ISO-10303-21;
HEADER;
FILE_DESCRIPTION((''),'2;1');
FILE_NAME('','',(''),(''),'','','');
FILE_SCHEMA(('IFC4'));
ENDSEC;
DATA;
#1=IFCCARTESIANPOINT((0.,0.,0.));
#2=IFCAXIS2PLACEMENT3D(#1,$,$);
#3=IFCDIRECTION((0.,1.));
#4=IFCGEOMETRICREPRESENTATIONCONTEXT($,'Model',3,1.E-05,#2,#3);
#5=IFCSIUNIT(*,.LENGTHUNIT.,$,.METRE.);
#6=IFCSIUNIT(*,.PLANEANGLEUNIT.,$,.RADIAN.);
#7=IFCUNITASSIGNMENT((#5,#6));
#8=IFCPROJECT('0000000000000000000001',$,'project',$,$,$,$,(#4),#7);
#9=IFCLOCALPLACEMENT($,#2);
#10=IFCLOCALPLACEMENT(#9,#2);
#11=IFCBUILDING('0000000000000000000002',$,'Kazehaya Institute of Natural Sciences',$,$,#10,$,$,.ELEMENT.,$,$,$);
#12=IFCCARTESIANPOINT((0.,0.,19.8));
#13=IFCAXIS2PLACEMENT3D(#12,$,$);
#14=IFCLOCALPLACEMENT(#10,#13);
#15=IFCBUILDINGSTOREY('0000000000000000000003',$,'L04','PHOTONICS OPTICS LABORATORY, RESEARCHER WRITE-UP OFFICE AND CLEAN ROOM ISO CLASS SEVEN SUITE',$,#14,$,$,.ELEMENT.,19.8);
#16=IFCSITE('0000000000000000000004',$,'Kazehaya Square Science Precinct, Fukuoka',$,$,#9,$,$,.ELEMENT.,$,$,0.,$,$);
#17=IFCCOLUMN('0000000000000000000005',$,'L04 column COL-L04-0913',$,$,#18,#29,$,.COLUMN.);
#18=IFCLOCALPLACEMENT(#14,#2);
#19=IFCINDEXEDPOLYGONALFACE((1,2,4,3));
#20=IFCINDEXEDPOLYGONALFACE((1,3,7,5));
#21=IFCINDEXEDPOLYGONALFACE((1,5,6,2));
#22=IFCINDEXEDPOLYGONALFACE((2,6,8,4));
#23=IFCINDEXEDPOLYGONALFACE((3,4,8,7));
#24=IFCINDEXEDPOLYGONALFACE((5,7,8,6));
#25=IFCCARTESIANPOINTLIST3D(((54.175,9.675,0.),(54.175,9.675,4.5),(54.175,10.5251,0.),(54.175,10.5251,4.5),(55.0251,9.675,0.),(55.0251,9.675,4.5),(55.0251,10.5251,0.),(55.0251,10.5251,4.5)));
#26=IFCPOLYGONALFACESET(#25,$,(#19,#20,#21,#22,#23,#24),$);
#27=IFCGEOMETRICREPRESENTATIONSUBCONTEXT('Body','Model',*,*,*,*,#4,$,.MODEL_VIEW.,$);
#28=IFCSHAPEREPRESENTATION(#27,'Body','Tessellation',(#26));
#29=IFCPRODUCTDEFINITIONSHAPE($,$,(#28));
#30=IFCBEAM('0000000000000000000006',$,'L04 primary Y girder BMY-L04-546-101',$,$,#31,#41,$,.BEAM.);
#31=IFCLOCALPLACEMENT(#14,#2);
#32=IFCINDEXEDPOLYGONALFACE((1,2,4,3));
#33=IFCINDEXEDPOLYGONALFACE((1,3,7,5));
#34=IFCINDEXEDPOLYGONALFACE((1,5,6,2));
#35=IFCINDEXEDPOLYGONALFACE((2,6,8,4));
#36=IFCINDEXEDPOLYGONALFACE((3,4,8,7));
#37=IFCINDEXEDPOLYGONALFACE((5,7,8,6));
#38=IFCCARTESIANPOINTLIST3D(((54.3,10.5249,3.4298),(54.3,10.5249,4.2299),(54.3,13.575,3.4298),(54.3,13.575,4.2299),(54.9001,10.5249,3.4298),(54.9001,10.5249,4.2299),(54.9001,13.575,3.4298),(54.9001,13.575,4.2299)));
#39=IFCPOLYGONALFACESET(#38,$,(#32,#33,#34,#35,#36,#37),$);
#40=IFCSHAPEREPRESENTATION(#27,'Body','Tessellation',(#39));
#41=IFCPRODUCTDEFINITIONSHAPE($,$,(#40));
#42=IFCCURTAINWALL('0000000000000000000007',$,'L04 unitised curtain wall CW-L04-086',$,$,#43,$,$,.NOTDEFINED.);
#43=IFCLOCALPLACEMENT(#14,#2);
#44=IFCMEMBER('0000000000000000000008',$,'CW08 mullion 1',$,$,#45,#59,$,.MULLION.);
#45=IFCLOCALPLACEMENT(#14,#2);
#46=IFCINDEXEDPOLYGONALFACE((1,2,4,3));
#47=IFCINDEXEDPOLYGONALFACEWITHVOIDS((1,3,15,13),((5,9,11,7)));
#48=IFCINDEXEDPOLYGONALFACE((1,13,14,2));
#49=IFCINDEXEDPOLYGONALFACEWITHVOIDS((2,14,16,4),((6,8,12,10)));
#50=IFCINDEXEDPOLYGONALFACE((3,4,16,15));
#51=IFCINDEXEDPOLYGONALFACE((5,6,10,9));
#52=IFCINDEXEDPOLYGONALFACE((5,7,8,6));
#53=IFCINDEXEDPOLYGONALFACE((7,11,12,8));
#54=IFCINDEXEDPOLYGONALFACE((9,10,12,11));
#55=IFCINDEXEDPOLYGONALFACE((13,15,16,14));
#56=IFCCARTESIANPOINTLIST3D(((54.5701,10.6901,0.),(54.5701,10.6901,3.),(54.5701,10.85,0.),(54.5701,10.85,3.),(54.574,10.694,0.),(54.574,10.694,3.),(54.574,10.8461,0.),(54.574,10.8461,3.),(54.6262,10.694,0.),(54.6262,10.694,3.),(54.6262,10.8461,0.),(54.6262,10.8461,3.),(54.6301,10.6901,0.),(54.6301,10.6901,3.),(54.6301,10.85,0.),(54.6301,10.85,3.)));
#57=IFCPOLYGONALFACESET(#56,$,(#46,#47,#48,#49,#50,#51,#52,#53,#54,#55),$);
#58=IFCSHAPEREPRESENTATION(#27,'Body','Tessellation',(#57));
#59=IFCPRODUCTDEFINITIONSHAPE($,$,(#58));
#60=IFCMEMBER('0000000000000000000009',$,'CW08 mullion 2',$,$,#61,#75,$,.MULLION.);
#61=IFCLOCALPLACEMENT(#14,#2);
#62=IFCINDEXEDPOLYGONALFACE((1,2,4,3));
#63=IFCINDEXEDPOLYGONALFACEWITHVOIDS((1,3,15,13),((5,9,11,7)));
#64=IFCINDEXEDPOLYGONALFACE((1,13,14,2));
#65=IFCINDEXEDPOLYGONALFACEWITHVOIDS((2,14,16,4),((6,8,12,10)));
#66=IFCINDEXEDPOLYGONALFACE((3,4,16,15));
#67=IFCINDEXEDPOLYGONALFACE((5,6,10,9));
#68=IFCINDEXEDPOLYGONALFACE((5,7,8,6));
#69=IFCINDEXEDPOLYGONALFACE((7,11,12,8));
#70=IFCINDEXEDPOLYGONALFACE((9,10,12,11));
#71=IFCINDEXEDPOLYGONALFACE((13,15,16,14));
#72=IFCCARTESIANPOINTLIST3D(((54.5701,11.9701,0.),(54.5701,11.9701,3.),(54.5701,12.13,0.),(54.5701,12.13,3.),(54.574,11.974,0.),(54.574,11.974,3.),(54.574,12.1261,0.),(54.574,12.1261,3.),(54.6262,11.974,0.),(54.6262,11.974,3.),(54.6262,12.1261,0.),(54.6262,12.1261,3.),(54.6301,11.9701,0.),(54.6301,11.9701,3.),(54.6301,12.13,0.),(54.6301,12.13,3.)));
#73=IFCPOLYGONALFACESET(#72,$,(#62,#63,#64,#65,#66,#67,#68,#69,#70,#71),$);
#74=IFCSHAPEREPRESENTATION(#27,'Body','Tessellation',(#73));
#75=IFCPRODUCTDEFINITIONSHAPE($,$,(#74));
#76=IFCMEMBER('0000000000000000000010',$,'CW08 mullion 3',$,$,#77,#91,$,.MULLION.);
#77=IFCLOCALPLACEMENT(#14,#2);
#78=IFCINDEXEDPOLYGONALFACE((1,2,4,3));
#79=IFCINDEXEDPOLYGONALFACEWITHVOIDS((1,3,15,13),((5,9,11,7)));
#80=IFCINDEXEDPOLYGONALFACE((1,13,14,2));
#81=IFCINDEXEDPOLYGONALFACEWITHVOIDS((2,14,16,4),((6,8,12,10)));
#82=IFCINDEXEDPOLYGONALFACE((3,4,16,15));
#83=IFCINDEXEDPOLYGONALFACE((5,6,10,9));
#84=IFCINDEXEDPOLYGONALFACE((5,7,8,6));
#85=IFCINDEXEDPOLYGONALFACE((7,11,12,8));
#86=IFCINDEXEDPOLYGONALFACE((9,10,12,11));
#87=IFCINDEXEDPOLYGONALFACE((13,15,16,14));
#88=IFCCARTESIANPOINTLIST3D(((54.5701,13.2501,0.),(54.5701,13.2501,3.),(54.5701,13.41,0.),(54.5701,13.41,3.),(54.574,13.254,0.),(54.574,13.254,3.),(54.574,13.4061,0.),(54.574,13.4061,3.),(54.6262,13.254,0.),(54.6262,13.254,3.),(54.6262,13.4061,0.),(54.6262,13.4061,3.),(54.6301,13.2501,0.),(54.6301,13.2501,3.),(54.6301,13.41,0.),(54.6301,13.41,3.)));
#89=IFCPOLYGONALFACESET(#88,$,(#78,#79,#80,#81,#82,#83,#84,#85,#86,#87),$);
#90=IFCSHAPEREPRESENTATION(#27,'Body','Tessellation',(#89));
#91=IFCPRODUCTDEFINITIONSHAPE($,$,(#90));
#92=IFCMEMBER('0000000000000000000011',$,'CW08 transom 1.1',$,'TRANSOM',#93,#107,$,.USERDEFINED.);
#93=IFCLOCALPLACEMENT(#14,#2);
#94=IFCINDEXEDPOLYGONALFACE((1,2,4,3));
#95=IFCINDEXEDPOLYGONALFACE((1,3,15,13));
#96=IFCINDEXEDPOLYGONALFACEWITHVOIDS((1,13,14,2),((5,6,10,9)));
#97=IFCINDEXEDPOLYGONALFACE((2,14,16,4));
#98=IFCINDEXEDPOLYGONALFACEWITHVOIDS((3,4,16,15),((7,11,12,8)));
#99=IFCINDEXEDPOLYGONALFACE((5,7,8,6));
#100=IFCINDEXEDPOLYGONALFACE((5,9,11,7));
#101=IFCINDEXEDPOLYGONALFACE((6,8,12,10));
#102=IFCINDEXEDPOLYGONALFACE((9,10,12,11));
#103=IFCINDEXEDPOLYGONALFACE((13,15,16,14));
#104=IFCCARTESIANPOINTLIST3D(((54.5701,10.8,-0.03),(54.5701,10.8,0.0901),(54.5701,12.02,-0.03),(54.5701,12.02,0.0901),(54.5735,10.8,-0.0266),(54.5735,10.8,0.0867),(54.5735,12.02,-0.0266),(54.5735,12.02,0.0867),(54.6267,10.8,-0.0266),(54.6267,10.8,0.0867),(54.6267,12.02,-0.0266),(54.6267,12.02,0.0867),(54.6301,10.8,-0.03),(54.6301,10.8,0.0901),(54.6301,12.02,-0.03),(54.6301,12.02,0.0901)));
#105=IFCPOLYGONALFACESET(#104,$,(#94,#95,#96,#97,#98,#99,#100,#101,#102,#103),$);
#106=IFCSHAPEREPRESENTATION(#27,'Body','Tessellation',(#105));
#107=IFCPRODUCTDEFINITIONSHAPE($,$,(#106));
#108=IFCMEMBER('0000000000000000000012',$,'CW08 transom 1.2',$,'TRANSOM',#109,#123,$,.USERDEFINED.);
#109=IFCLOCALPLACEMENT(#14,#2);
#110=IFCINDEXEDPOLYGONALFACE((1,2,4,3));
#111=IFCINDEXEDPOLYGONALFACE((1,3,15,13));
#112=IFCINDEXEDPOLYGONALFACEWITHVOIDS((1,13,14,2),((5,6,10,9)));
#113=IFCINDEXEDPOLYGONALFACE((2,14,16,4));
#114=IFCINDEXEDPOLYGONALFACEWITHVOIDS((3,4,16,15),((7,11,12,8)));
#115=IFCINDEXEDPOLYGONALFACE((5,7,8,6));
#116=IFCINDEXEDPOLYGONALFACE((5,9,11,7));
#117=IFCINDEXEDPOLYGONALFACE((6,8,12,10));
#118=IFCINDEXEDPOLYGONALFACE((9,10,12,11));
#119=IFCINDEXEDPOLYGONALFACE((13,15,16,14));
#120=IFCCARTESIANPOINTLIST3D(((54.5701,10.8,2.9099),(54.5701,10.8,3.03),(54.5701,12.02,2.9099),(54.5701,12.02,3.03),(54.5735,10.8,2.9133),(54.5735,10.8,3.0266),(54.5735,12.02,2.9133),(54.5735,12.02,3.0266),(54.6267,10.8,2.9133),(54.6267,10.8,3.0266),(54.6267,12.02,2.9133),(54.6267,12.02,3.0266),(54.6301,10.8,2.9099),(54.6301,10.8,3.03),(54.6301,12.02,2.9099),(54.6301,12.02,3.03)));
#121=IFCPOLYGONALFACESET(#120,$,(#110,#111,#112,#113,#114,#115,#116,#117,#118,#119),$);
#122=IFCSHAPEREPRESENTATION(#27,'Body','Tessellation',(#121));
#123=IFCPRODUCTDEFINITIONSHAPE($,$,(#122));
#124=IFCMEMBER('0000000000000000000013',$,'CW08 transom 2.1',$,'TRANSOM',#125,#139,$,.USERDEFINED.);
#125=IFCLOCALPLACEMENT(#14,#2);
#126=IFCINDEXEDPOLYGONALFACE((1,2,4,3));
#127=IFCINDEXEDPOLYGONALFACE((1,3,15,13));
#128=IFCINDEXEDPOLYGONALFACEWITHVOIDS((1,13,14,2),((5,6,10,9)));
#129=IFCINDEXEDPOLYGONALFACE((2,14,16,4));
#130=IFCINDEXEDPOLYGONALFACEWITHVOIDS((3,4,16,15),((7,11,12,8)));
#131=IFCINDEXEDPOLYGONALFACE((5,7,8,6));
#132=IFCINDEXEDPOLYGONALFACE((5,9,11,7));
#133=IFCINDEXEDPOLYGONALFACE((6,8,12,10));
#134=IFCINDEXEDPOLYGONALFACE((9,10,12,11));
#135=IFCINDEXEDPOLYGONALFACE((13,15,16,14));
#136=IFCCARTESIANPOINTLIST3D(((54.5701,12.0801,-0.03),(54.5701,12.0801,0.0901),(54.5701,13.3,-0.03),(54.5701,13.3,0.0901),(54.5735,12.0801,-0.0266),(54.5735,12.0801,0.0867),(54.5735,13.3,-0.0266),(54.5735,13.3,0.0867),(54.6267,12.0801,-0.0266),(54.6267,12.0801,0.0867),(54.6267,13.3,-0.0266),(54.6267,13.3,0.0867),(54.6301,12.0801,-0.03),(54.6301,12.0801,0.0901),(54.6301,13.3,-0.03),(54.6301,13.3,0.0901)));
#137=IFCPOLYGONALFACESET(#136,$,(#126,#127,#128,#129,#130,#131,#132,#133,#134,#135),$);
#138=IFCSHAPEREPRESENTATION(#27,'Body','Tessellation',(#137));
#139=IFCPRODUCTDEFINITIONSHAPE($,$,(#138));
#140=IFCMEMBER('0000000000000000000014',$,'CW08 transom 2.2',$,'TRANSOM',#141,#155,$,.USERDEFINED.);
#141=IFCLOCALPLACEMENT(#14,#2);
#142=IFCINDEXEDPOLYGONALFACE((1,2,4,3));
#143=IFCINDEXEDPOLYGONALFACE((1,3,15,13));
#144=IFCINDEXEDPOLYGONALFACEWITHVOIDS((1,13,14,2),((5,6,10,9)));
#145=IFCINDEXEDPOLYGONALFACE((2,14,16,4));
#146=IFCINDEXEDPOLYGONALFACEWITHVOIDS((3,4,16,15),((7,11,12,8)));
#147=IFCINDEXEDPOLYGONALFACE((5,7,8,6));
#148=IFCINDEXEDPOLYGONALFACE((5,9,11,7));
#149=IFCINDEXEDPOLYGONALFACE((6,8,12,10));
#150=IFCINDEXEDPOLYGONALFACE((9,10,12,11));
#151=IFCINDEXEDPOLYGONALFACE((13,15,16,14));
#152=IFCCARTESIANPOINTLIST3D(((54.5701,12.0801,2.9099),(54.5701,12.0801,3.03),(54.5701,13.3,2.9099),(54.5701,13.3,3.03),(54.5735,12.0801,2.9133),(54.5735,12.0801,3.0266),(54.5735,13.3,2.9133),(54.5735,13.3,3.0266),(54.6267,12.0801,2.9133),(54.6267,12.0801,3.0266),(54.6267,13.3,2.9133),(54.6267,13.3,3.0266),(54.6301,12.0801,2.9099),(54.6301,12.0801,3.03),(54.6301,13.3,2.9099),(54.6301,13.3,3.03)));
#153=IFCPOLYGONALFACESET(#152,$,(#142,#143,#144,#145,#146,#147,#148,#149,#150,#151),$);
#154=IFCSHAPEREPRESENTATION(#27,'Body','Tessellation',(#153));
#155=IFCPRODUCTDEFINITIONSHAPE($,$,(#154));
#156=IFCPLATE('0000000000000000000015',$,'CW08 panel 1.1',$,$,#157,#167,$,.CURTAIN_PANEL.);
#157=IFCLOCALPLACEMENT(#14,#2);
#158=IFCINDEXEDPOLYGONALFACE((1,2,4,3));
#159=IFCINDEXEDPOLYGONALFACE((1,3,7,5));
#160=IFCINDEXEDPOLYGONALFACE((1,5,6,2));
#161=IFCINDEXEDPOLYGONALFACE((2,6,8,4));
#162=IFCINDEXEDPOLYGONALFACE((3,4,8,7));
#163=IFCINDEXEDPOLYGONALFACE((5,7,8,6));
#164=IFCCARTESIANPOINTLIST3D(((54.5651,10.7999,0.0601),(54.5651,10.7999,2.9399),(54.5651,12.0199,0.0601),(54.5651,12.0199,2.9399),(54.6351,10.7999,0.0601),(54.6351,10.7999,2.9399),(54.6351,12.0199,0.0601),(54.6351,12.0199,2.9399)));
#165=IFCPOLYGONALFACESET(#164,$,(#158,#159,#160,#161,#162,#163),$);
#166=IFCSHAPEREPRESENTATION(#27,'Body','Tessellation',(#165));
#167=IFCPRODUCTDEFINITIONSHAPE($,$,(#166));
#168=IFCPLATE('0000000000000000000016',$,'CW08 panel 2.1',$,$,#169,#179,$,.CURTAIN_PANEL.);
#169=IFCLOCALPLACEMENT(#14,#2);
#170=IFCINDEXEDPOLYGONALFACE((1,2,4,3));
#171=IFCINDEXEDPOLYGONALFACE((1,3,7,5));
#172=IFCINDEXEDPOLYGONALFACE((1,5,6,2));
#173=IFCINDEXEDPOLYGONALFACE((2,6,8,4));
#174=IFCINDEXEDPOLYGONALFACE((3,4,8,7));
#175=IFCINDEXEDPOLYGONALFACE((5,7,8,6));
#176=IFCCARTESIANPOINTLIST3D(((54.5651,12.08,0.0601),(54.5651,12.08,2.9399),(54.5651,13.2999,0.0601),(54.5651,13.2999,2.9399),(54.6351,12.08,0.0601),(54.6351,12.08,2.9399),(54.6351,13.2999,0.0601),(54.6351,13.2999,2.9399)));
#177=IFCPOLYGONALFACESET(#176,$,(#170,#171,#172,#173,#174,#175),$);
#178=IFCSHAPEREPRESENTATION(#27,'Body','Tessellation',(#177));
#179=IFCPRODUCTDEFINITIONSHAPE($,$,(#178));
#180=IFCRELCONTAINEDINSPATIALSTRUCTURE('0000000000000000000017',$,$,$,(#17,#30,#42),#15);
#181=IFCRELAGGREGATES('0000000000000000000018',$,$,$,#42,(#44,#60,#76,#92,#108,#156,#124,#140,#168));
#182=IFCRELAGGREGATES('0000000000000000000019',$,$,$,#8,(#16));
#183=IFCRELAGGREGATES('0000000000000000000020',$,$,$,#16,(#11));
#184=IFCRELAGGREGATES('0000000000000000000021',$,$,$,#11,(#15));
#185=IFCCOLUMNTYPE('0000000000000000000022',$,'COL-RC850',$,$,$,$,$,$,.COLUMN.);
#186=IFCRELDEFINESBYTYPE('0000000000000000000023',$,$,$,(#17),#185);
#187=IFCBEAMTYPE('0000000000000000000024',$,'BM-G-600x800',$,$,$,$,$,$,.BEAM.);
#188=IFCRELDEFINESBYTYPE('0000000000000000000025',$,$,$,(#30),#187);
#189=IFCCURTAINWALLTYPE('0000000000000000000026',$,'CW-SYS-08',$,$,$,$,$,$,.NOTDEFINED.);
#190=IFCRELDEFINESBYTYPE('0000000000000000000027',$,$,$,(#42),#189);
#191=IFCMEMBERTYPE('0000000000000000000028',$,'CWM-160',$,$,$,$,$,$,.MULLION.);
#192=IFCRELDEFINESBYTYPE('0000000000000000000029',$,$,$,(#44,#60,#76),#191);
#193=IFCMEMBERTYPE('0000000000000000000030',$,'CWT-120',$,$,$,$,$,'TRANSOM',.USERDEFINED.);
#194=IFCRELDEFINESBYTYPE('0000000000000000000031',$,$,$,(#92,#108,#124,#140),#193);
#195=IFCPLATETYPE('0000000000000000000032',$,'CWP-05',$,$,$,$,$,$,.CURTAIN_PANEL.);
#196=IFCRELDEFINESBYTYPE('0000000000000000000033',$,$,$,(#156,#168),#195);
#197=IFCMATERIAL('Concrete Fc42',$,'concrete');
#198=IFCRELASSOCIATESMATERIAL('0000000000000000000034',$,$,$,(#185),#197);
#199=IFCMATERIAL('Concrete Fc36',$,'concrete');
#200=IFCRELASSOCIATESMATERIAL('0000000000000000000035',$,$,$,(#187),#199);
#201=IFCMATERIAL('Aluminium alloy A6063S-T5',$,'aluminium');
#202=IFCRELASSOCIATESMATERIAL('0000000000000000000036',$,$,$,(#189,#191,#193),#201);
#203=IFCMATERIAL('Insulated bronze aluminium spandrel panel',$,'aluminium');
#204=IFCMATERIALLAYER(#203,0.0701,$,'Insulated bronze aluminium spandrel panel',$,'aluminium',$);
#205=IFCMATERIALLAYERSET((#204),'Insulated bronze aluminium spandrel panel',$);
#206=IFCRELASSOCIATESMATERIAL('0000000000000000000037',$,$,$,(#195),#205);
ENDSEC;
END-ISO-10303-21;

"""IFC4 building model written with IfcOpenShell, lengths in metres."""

from ifc_helpers import new_model, si_unit, direction, frame, origin, origin_2d, place, context, subcontext, project, spatial, rectangle, hollow_rectangle, extrude, material, layer, layer_set, material_profile, profile_set, type_object, element, aggregate, save


model = new_model("IFC4")

# Units and contexts
model_context = context("Model", 3, precision=1e-05, world=origin(), true_north=direction((0.0, 1.0)))
body_context = subcontext(model_context, "Body", "Model", "MODEL_VIEW")
ifc_project = project(units=[si_unit("LENGTHUNIT", "METRE"), si_unit("PLANEANGLEUNIT", "RADIAN")], contexts=[model_context])

# Site, building, storey
site_placement = place(None, origin())
site = spatial("IfcSite", under=ifc_project, at=site_placement, Name="Kazehaya Square Science Precinct, Fukuoka", CompositionType="ELEMENT", RefElevation=0.0)
building_placement = place(site_placement, origin())
building = spatial("IfcBuilding", under=site, at=building_placement, Name="Kazehaya Institute of Natural Sciences", CompositionType="ELEMENT")
storey_placement = place(building_placement, frame((0.0, 0.0, 19.8)))
storey = spatial("IfcBuildingStorey", under=building, at=storey_placement, Name="L04", Description="PHOTONICS OPTICS LABORATORY, RESEARCHER WRITE-UP OFFICE AND CLEAN ROOM ISO CLASS SEVEN SUITE", CompositionType="ELEMENT", Elevation=19.8)

# Column
ifc_material_1 = material(Name="Concrete Fc42", Category="concrete")
ifc_material_profile_1 = material_profile(ifc_material_1, rectangle(XDim=0.8501, YDim=0.8501, at=origin_2d()), Name="RC-850x850")
ifc_profile_set_1 = profile_set([ifc_material_profile_1], Name="Concrete Fc42")
column_type = type_object("IfcColumnType", Name="COL-RC850", PredefinedType="COLUMN", material=ifc_profile_set_1)
column_placement = place(storey_placement, frame((54.6001, 10.1001, 0.0), z_axis=(0.0, 0.0, 1.0), x_axis=(1.0, 0.0, 0.0)))
element("IfcColumn", 1, at=column_placement, inside=storey, type_object=column_type, Name="L04 column COL-L04-0913", PredefinedType="COLUMN", context=body_context, shape_type="SweptSolid", body=[
    extrude(rectangle(XDim=0.8501, YDim=0.8501, at=origin_2d()), origin(), (0.0, 0.0, 1.0), 4.5),
])

# Beam
ifc_material_2 = material(Name="Concrete Fc36", Category="concrete")
ifc_material_profile_2 = material_profile(ifc_material_2, rectangle(XDim=0.6001, YDim=0.8, at=origin_2d()), Name="RC-600x800")
ifc_profile_set_2 = profile_set([ifc_material_profile_2], Name="Concrete Fc36")
beam_type = type_object("IfcBeamType", Name="BM-G-600x800", PredefinedType="BEAM", material=ifc_profile_set_2)
beam_placement = place(storey_placement, frame((54.6001, 10.5249, 3.8298), z_axis=(0.0, 1.0, 0.0), x_axis=(-1.0, 0.0, 0.0)))
element("IfcBeam", 2, at=beam_placement, inside=storey, type_object=beam_type, Name="L04 primary Y girder BMY-L04-546-101", PredefinedType="BEAM", context=body_context, shape_type="SweptSolid", body=[
    extrude(rectangle(XDim=0.6001, YDim=0.8, at=origin_2d()), origin(), (0.0, 0.0, 1.0), 3.05),
])

# Curtain wall, members, plates
ifc_material_3 = material(Name="Aluminium alloy A6063S-T5", Category="aluminium")
curtain_wall_type = type_object("IfcCurtainWallType", Name="CW-SYS-08", PredefinedType="NOTDEFINED", material=ifc_material_3)
curtain_wall_placement = place(storey_placement, origin())
curtain_wall = element("IfcCurtainWall", 3, at=curtain_wall_placement, inside=storey, type_object=curtain_wall_type, Name="L04 unitised curtain wall CW-L04-086", PredefinedType="NOTDEFINED")
ifc_material_profile_3 = material_profile(ifc_material_3, hollow_rectangle(XDim=0.0601, YDim=0.1599, WallThickness=0.0039, at=origin_2d()), Name="ALU-60x160x4")
ifc_profile_set_3 = profile_set([ifc_material_profile_3], Name="Aluminium alloy A6063S-T5")
member_type_1 = type_object("IfcMemberType", Name="CWM-160", PredefinedType="MULLION", material=ifc_profile_set_3)
member_1_placement = place(storey_placement, frame((54.6001, 10.77, 0.0), z_axis=(0.0, 0.0, 1.0), x_axis=(-1.0, 0.0, 0.0)))
member_1 = element("IfcMember", 4, at=member_1_placement, type_object=member_type_1, Name="CW08 mullion 1", PredefinedType="MULLION", context=body_context, shape_type="SweptSolid", body=[
    extrude(hollow_rectangle(XDim=0.0601, YDim=0.1599, WallThickness=0.0039, at=origin_2d()), origin(), (0.0, 0.0, 1.0), 3.0),
])
member_2_placement = place(storey_placement, frame((54.6001, 12.05, 0.0), z_axis=(0.0, 0.0, 1.0), x_axis=(-1.0, 0.0, 0.0)))
member_2 = element("IfcMember", 5, at=member_2_placement, type_object=member_type_1, Name="CW08 mullion 2", PredefinedType="MULLION", context=body_context, shape_type="SweptSolid", body=[
    extrude(hollow_rectangle(XDim=0.0601, YDim=0.1599, WallThickness=0.0039, at=origin_2d()), origin(), (0.0, 0.0, 1.0), 3.0),
])
member_3_placement = place(storey_placement, frame((54.6001, 13.3301, 0.0), z_axis=(0.0, 0.0, 1.0), x_axis=(-1.0, 0.0, 0.0)))
member_3 = element("IfcMember", 6, at=member_3_placement, type_object=member_type_1, Name="CW08 mullion 3", PredefinedType="MULLION", context=body_context, shape_type="SweptSolid", body=[
    extrude(hollow_rectangle(XDim=0.0601, YDim=0.1599, WallThickness=0.0039, at=origin_2d()), origin(), (0.0, 0.0, 1.0), 3.0),
])
ifc_material_profile_4 = material_profile(ifc_material_3, hollow_rectangle(XDim=0.0601, YDim=0.1201, WallThickness=0.0034, at=origin_2d()), Name="ALU-60x120x3.5")
ifc_profile_set_4 = profile_set([ifc_material_profile_4], Name="Aluminium alloy A6063S-T5")
member_type_2 = type_object("IfcMemberType", Name="CWT-120", ElementType="TRANSOM", PredefinedType="USERDEFINED", material=ifc_profile_set_4)
member_4_placement = place(storey_placement, frame((54.6001, 10.8, 0.03), z_axis=(0.0, 1.0, 0.0), x_axis=(-1.0, 0.0, 0.0)))
member_4 = element("IfcMember", 7, at=member_4_placement, type_object=member_type_2, Name="CW08 transom 1.1", ObjectType="TRANSOM", PredefinedType="USERDEFINED", context=body_context, shape_type="SweptSolid", body=[
    extrude(hollow_rectangle(XDim=0.0601, YDim=0.1201, WallThickness=0.0034, at=origin_2d()), origin(), (0.0, 0.0, 1.0), 1.22),
])
member_5_placement = place(storey_placement, frame((54.6001, 10.8, 2.97), z_axis=(0.0, 1.0, 0.0), x_axis=(-1.0, 0.0, 0.0)))
member_5 = element("IfcMember", 8, at=member_5_placement, type_object=member_type_2, Name="CW08 transom 1.2", ObjectType="TRANSOM", PredefinedType="USERDEFINED", context=body_context, shape_type="SweptSolid", body=[
    extrude(hollow_rectangle(XDim=0.0601, YDim=0.1201, WallThickness=0.0034, at=origin_2d()), origin(), (0.0, 0.0, 1.0), 1.22),
])
member_6_placement = place(storey_placement, frame((54.6001, 12.0801, 0.03), z_axis=(0.0, 1.0, 0.0), x_axis=(-1.0, 0.0, 0.0)))
member_6 = element("IfcMember", 9, at=member_6_placement, type_object=member_type_2, Name="CW08 transom 2.1", ObjectType="TRANSOM", PredefinedType="USERDEFINED", context=body_context, shape_type="SweptSolid", body=[
    extrude(hollow_rectangle(XDim=0.0601, YDim=0.1201, WallThickness=0.0034, at=origin_2d()), origin(), (0.0, 0.0, 1.0), 1.22),
])
member_7_placement = place(storey_placement, frame((54.6001, 12.0801, 2.97), z_axis=(0.0, 1.0, 0.0), x_axis=(-1.0, 0.0, 0.0)))
member_7 = element("IfcMember", 10, at=member_7_placement, type_object=member_type_2, Name="CW08 transom 2.2", ObjectType="TRANSOM", PredefinedType="USERDEFINED", context=body_context, shape_type="SweptSolid", body=[
    extrude(hollow_rectangle(XDim=0.0601, YDim=0.1201, WallThickness=0.0034, at=origin_2d()), origin(), (0.0, 0.0, 1.0), 1.22),
])
ifc_material_4 = material(Name="Insulated bronze aluminium spandrel panel", Category="aluminium")
ifc_layer_1 = layer(ifc_material_4, 0.0701, Name="Insulated bronze aluminium spandrel panel", Category="aluminium")
ifc_layer_set_1 = layer_set([ifc_layer_1], Name="Insulated bronze aluminium spandrel panel")
plate_type = type_object("IfcPlateType", Name="CWP-05", PredefinedType="CURTAIN_PANEL", material=ifc_layer_set_1)
plate_1_placement = place(storey_placement, frame((54.6001, 11.4099, 0.0601), z_axis=(0.0, 0.0, 1.0), x_axis=(0.0, 1.0, 0.0)))
plate_1 = element("IfcPlate", 11, at=plate_1_placement, type_object=plate_type, Name="CW08 panel 1.1", PredefinedType="CURTAIN_PANEL", context=body_context, shape_type="SweptSolid", body=[
    extrude(rectangle(XDim=1.22, YDim=0.0701, at=origin_2d()), origin(), (0.0, 0.0, 1.0), 2.8799),
])
plate_2_placement = place(storey_placement, frame((54.6001, 12.6899, 0.0601), z_axis=(0.0, 0.0, 1.0), x_axis=(0.0, 1.0, 0.0)))
plate_2 = element("IfcPlate", 12, at=plate_2_placement, type_object=plate_type, Name="CW08 panel 2.1", PredefinedType="CURTAIN_PANEL", context=body_context, shape_type="SweptSolid", body=[
    extrude(rectangle(XDim=1.22, YDim=0.0701, at=origin_2d()), origin(), (0.0, 0.0, 1.0), 2.8799),
])
aggregate(curtain_wall, [member_1, member_2, member_3, member_4, member_5, plate_1, member_6, member_7, plate_2])

save(model, "model.ifc")
